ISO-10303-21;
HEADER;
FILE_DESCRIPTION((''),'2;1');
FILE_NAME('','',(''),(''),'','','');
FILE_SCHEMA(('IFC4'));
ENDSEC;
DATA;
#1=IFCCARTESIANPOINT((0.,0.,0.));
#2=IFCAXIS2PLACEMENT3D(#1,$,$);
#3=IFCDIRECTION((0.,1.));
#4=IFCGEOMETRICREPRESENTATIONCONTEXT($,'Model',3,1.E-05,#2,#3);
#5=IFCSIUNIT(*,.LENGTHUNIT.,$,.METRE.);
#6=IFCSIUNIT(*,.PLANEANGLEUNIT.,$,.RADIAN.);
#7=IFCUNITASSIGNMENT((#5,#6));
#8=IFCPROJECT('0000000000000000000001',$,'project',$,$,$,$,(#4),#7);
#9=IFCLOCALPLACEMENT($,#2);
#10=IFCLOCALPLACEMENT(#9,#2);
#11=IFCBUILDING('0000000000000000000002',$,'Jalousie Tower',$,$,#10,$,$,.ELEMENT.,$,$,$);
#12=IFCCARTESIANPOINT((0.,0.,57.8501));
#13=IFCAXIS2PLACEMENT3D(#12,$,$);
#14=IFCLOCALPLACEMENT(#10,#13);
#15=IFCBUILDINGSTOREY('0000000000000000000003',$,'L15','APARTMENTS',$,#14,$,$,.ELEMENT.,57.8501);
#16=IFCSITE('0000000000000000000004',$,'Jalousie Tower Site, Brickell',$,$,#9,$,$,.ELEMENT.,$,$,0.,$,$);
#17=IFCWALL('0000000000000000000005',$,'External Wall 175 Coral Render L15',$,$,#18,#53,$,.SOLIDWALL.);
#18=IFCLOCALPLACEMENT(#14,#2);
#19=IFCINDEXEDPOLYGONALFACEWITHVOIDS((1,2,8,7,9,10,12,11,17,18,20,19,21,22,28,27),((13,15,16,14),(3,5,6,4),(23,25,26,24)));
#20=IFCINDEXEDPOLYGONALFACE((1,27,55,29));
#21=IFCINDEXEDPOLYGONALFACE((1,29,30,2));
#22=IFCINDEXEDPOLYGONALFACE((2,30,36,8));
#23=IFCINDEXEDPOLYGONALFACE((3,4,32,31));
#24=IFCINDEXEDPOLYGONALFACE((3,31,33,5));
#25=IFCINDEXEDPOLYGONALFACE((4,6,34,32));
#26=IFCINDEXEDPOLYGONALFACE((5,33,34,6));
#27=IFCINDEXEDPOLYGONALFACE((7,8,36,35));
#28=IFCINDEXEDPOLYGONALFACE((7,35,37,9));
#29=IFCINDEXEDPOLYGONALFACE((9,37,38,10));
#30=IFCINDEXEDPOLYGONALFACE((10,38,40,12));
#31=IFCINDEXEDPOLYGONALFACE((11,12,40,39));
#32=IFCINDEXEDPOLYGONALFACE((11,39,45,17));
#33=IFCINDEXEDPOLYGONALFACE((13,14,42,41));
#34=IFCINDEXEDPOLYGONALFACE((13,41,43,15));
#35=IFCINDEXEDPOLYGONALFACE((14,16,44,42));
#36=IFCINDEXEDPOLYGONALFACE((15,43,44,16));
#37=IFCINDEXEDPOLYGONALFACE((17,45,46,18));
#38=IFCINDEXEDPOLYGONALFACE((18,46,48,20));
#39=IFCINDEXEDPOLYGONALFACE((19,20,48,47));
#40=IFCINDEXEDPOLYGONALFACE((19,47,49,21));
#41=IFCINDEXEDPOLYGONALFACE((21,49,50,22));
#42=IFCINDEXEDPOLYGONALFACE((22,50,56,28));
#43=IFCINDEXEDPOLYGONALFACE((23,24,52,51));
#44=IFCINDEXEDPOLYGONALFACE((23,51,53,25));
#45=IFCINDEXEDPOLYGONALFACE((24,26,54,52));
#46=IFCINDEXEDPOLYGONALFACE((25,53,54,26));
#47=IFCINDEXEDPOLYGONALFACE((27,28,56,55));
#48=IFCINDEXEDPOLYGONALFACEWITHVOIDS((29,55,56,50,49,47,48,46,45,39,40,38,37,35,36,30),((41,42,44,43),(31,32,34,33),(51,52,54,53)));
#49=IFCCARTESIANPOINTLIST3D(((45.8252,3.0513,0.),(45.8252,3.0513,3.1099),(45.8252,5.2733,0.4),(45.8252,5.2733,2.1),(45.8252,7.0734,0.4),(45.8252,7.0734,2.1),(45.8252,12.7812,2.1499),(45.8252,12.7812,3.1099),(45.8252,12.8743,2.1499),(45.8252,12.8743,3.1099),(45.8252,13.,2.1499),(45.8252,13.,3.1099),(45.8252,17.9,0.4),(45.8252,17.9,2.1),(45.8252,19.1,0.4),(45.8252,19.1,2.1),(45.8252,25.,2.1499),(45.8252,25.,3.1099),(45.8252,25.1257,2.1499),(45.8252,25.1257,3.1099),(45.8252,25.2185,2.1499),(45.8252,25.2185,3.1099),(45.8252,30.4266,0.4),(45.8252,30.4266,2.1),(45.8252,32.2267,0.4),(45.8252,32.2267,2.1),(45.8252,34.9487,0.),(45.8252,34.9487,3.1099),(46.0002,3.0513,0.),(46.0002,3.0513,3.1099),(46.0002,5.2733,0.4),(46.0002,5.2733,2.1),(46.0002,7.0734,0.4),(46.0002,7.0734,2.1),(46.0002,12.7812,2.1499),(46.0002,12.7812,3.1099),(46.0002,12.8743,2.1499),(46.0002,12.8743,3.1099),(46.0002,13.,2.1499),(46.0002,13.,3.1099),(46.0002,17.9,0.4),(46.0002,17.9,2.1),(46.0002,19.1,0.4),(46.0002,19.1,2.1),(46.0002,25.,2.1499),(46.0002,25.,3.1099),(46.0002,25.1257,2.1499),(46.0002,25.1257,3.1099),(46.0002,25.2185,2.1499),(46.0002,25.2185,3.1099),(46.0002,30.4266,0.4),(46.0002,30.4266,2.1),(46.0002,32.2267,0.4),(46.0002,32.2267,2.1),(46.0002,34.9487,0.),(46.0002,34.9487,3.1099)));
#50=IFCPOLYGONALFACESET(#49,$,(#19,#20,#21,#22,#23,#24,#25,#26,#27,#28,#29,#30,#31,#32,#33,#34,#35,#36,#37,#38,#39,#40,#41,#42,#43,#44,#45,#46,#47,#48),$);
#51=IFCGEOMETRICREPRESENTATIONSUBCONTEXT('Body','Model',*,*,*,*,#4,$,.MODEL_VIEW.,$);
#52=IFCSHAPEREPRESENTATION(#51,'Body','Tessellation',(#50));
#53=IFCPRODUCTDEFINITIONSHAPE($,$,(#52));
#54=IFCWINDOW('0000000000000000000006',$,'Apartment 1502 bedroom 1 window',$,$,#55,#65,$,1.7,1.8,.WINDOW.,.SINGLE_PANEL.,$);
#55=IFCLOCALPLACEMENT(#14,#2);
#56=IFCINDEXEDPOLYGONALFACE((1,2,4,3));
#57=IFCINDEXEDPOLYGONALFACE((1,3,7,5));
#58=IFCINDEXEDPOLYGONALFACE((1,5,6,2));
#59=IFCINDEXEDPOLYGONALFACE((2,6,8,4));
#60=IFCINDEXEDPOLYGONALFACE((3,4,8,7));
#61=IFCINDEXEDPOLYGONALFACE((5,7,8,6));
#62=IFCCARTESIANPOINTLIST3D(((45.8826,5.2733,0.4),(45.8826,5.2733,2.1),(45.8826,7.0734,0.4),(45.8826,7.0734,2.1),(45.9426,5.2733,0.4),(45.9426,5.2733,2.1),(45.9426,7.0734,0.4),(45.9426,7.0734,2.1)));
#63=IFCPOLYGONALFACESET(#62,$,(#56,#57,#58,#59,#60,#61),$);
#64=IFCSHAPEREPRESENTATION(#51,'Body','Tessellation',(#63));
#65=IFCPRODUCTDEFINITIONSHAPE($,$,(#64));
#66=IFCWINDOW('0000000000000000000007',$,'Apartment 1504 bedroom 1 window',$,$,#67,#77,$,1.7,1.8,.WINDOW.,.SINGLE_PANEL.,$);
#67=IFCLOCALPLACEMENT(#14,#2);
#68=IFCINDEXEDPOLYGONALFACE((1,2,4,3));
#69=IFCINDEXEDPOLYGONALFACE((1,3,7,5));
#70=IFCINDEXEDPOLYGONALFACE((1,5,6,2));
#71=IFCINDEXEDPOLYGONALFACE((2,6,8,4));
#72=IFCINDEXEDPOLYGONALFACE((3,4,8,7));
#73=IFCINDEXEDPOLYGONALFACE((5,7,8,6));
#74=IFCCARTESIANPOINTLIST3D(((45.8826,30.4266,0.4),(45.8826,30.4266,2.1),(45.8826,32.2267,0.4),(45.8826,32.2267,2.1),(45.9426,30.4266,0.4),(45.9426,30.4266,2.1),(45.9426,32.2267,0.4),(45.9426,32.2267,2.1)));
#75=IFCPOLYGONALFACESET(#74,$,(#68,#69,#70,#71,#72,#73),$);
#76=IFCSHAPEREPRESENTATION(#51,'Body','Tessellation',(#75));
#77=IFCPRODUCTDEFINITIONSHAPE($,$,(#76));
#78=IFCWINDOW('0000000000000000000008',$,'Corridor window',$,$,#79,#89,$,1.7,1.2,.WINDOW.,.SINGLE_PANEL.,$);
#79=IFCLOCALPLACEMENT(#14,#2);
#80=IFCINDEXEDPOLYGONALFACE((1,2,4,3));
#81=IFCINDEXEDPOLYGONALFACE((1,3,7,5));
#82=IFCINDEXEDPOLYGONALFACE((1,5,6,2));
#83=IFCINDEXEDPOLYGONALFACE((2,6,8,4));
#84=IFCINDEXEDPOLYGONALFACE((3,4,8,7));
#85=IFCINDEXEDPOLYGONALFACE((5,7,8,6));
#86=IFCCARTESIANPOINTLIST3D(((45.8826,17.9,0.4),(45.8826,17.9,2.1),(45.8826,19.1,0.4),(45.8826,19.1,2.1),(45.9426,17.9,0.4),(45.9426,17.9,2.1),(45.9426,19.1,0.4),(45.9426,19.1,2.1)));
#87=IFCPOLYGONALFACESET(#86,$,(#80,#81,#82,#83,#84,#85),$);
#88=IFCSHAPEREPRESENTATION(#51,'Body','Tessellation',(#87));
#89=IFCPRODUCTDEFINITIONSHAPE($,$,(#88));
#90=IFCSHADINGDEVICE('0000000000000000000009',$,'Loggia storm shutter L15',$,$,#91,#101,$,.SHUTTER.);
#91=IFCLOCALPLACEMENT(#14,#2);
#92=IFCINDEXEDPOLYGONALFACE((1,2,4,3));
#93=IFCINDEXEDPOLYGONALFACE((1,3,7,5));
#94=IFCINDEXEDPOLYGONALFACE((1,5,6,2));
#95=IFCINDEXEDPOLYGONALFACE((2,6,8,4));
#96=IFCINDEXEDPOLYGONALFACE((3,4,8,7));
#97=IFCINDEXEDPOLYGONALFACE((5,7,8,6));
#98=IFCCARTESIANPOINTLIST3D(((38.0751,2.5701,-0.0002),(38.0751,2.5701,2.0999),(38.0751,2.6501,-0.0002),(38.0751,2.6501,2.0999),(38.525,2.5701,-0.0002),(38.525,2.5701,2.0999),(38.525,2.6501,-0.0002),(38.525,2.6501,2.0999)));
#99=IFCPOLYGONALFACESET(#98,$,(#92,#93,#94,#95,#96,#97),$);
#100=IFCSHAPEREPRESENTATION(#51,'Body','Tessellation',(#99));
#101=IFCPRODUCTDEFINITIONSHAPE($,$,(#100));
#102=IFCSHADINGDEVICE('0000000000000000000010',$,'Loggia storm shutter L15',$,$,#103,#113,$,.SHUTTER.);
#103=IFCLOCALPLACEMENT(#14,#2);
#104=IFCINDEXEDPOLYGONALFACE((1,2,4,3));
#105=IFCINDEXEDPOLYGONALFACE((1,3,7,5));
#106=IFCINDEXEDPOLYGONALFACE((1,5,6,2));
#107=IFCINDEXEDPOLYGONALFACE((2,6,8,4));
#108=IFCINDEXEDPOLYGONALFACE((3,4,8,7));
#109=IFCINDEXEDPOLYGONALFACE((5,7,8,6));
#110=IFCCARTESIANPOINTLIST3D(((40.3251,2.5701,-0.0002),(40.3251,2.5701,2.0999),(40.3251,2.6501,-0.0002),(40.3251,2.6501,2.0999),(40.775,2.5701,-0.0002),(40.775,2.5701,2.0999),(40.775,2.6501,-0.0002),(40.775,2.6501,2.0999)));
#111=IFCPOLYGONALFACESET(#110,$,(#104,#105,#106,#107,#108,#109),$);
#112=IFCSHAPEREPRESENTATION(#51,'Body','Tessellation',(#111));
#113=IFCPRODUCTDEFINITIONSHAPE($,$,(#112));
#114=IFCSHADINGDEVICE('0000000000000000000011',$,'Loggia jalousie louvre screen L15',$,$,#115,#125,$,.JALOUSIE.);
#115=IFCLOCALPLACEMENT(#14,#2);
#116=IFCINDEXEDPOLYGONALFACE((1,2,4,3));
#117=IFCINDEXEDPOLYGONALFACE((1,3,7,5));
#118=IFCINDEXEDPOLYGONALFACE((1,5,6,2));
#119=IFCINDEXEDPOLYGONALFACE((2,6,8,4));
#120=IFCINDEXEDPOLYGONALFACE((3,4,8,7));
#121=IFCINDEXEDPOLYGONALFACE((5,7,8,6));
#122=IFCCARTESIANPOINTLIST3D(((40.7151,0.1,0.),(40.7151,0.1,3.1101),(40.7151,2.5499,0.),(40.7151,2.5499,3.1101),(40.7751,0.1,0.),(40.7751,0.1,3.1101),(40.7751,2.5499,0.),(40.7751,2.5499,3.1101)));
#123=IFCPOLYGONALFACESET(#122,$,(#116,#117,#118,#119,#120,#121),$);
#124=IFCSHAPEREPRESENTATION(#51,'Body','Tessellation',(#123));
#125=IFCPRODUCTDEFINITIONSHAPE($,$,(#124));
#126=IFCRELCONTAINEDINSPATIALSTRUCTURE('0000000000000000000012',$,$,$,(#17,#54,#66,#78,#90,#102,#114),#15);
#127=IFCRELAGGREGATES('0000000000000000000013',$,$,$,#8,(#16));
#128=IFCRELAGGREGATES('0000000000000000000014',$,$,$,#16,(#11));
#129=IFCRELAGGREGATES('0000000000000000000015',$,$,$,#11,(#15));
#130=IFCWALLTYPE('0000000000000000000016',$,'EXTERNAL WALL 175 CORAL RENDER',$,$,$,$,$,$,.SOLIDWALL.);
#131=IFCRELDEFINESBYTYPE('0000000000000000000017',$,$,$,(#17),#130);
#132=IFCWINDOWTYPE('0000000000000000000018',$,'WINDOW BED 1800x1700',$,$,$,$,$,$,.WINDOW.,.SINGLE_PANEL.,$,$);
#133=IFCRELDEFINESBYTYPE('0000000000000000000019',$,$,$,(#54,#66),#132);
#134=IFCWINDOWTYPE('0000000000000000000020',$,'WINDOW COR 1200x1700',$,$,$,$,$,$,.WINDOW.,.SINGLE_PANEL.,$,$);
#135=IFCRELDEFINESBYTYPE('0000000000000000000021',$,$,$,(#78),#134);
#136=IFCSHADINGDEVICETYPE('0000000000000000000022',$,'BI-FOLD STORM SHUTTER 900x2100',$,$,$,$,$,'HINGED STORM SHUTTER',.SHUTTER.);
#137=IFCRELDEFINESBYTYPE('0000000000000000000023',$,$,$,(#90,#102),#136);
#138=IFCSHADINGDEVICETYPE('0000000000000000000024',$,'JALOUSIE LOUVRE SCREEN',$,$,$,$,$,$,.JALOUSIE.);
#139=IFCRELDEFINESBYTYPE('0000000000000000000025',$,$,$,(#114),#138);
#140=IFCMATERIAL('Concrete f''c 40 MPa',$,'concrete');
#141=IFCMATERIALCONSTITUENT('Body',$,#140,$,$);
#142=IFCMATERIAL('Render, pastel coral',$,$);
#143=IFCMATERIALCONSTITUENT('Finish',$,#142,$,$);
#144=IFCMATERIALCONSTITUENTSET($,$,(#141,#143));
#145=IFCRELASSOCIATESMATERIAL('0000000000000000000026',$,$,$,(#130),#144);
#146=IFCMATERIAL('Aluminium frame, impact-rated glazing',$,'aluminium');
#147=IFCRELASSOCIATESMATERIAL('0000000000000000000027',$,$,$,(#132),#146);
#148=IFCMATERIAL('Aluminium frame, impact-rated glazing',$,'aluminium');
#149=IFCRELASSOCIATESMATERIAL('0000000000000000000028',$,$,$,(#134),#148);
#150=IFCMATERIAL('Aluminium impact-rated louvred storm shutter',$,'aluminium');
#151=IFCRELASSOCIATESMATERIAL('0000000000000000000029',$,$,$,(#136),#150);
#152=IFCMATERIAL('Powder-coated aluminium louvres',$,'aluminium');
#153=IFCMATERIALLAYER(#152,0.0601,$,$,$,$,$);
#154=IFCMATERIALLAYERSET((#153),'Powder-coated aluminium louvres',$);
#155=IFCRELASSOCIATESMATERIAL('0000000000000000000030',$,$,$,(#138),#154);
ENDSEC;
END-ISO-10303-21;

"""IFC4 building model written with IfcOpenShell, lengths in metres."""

from ifc_helpers import new_model, si_unit, direction, frame, frame_2d, origin, origin_2d, place, context, subcontext, project, spatial, polyline, rectangle, outline, extrude, material, layer, layer_set, constituent, constituent_set, type_object, element, fill, save


model = new_model("IFC4")

# Units and contexts
model_context = context("Model", 3, precision=1e-05, world=origin(), true_north=direction((0.0, 1.0)))
body_context = subcontext(model_context, "Body", "Model", "MODEL_VIEW")
ifc_project = project(units=[si_unit("LENGTHUNIT", "METRE"), si_unit("PLANEANGLEUNIT", "RADIAN")], contexts=[model_context])

# Site, building, storey
site_placement = place(None, origin())
site = spatial("IfcSite", under=ifc_project, at=site_placement, Name="Jalousie Tower Site, Brickell", CompositionType="ELEMENT", RefElevation=0.0)
building_placement = place(site_placement, origin())
building = spatial("IfcBuilding", under=site, at=building_placement, Name="Jalousie Tower", CompositionType="ELEMENT")
storey_placement = place(building_placement, frame((0.0, 0.0, 57.8501)))
storey = spatial("IfcBuildingStorey", under=building, at=storey_placement, Name="L15", Description="APARTMENTS", CompositionType="ELEMENT", Elevation=57.8501)

# Shared definitions
ifc_material_1 = material(Name="Concrete f'c 40 MPa", Category="concrete")
ifc_constituent_1 = constituent(ifc_material_1, Name="Body")
ifc_material_2 = material(Name="Render, pastel coral")
ifc_constituent_2 = constituent(ifc_material_2, Name="Finish")
ifc_constituent_set = constituent_set(constituents=[ifc_constituent_1, ifc_constituent_2])
wall_type = type_object("IfcWallType", Name="EXTERNAL WALL 175 CORAL RENDER", PredefinedType="SOLIDWALL", material=ifc_constituent_set)

# Wall, openings, windows
wall_1_placement = place(storey_placement, frame((45.9126, 3.0513, 0.0), z_axis=(0.0, 0.0, 1.0), x_axis=(0.0, 1.0, 0.0)))
wall_1 = element("IfcWall", 1, at=wall_1_placement, inside=storey, type_object=wall_type, Name="External Wall 175 Coral Render L15", PredefinedType="SOLIDWALL", context=body_context, shape_type="SweptSolid", body=[
    extrude(outline(polyline([(0.0, 0.0), (31.8975, 0.0), (31.8975, 3.1099), (22.1672, 3.1099), (22.1672, 2.1499), (22.0745, 2.1499), (22.0745, 3.1099), (21.9487, 3.1099), (21.9487, 2.1499), (9.9487, 2.1499), (9.9487, 3.1099), (9.823, 3.1099), (9.823, 2.1499), (9.73, 2.1499), (9.73, 3.1099), (0.0, 3.1099), (0.0, 0.0)])), frame((0.0, 0.0874, 0.0), z_axis=(0.0, -1.0, 0.0), x_axis=(1.0, 0.0, 0.0)), (0.0, 0.0, 1.0), 0.175),
])
opening_1_placement = place(wall_1_placement, frame((2.2222, 0.0, 0.3999)))
opening_1 = element("IfcOpeningElement", 2, at=opening_1_placement, cuts=wall_1, PredefinedType="OPENING", context=body_context, shape_type="SweptSolid", body=[
    extrude(rectangle(XDim=1.8, YDim=1.7, at=frame_2d((0.8999, 0.8501))), frame((0.0, 0.0974, 0.0), z_axis=(0.0, -1.0, 0.0), x_axis=(1.0, 0.0, 0.0)), (0.0, 0.0, 1.0), 0.1951),
])
opening_2_placement = place(wall_1_placement, frame((14.8486, 0.0, 0.3999)))
opening_2 = element("IfcOpeningElement", 3, at=opening_2_placement, cuts=wall_1, PredefinedType="OPENING", context=body_context, shape_type="SweptSolid", body=[
    extrude(rectangle(XDim=1.2, YDim=1.7, at=frame_2d((0.6001, 0.8501))), frame((0.0, 0.0974, 0.0), z_axis=(0.0, -1.0, 0.0), x_axis=(1.0, 0.0, 0.0)), (0.0, 0.0, 1.0), 0.1951),
])
opening_3_placement = place(wall_1_placement, frame((27.3755, 0.0, 0.3999)))
opening_3 = element("IfcOpeningElement", 4, at=opening_3_placement, cuts=wall_1, PredefinedType="OPENING", context=body_context, shape_type="SweptSolid", body=[
    extrude(rectangle(XDim=1.8, YDim=1.7, at=frame_2d((0.8999, 0.8501))), frame((0.0, 0.0974, 0.0), z_axis=(0.0, -1.0, 0.0), x_axis=(1.0, 0.0, 0.0)), (0.0, 0.0, 1.0), 0.1951),
])
ifc_material_3 = material(Name="Aluminium frame, impact-rated glazing", Category="aluminium")
window_type_1 = type_object("IfcWindowType", Name="WINDOW BED 1800x1700", PartitioningType="SINGLE_PANEL", PredefinedType="WINDOW", material=ifc_material_3)
window_1_placement = place(opening_1_placement, origin())
window_1 = element("IfcWindow", 5, at=window_1_placement, inside=storey, type_object=window_type_1, Name="Apartment 1502 bedroom 1 window", OverallHeight=1.7, OverallWidth=1.8, PartitioningType="SINGLE_PANEL", PredefinedType="WINDOW", context=body_context, shape_type="SweptSolid", body=[
    extrude(rectangle(XDim=1.8, YDim=1.7, at=frame_2d((0.8999, 0.8501))), frame((0.0, 0.03, 0.0), z_axis=(0.0, -1.0, 0.0), x_axis=(1.0, 0.0, 0.0)), (0.0, 0.0, 1.0), 0.0601),
])
fill(opening_1, window_1)
window_2_placement = place(opening_3_placement, origin())
window_2 = element("IfcWindow", 6, at=window_2_placement, inside=storey, type_object=window_type_1, Name="Apartment 1504 bedroom 1 window", OverallHeight=1.7, OverallWidth=1.8, PartitioningType="SINGLE_PANEL", PredefinedType="WINDOW", context=body_context, shape_type="SweptSolid", body=[
    extrude(rectangle(XDim=1.8, YDim=1.7, at=frame_2d((0.8999, 0.8501))), frame((0.0, 0.03, 0.0), z_axis=(0.0, -1.0, 0.0), x_axis=(1.0, 0.0, 0.0)), (0.0, 0.0, 1.0), 0.0601),
])
fill(opening_3, window_2)
ifc_material_4 = material(Name="Aluminium frame, impact-rated glazing", Category="aluminium")
window_type_2 = type_object("IfcWindowType", Name="WINDOW COR 1200x1700", PartitioningType="SINGLE_PANEL", PredefinedType="WINDOW", material=ifc_material_4)
window_3_placement = place(opening_2_placement, origin())
window_3 = element("IfcWindow", 7, at=window_3_placement, inside=storey, type_object=window_type_2, Name="Corridor window", OverallHeight=1.7, OverallWidth=1.2, PartitioningType="SINGLE_PANEL", PredefinedType="WINDOW", context=body_context, shape_type="SweptSolid", body=[
    extrude(rectangle(XDim=1.2, YDim=1.7, at=frame_2d((0.6001, 0.8501))), frame((0.0, 0.03, 0.0), z_axis=(0.0, -1.0, 0.0), x_axis=(1.0, 0.0, 0.0)), (0.0, 0.0, 1.0), 0.0601),
])
fill(opening_2, window_3)

# Shading devices
ifc_material_5 = material(Name="Aluminium impact-rated louvred storm shutter", Category="aluminium")
shading_device_type_1 = type_object("IfcShadingDeviceType", Name="BI-FOLD STORM SHUTTER 900x2100", ElementType="HINGED STORM SHUTTER", PredefinedType="SHUTTER", material=ifc_material_5)
for number, where, z_axis, x_axis, name in (
    (8, (38.3, 2.6101, -0.0002), (0.0, 0.0, 1.0), (1.0, 0.0, 0.0), "Loggia storm shutter L15"),
    (9, (40.55, 2.6101, -0.0002), (0.0, 0.0, 1.0), (1.0, 0.0, 0.0), "Loggia storm shutter L15"),
):
    element("IfcShadingDevice", number, at=place(storey_placement, frame(where, z_axis=z_axis, x_axis=x_axis)), inside=storey, type_object=shading_device_type_1, Name=name, PredefinedType="SHUTTER", context=body_context, shape_type="SweptSolid", body=[
        extrude(rectangle(XDim=0.45, YDim=0.0801, at=origin_2d()), origin(), (0.0, 0.0, 1.0), 2.1001),
    ])
ifc_material_6 = material(Name="Powder-coated aluminium louvres", Category="aluminium")
ifc_layer_1 = layer(ifc_material_6, 0.0601)
ifc_layer_set_1 = layer_set([ifc_layer_1], Name="Powder-coated aluminium louvres")
shading_device_type_2 = type_object("IfcShadingDeviceType", Name="JALOUSIE LOUVRE SCREEN", PredefinedType="JALOUSIE", material=ifc_layer_set_1)
shading_device_placement = place(storey_placement, frame((40.7451, 1.325, 0.0), z_axis=(0.0, 0.0, 1.0), x_axis=(1.0, 0.0, 0.0)))
element("IfcShadingDevice", 10, at=shading_device_placement, inside=storey, type_object=shading_device_type_2, Name="Loggia jalousie louvre screen L15", PredefinedType="JALOUSIE", context=body_context, shape_type="SweptSolid", body=[
    extrude(rectangle(XDim=0.0601, YDim=2.45, at=origin_2d()), origin(), (0.0, 0.0, 1.0), 3.1101),
])

save(model, "model.ifc")
